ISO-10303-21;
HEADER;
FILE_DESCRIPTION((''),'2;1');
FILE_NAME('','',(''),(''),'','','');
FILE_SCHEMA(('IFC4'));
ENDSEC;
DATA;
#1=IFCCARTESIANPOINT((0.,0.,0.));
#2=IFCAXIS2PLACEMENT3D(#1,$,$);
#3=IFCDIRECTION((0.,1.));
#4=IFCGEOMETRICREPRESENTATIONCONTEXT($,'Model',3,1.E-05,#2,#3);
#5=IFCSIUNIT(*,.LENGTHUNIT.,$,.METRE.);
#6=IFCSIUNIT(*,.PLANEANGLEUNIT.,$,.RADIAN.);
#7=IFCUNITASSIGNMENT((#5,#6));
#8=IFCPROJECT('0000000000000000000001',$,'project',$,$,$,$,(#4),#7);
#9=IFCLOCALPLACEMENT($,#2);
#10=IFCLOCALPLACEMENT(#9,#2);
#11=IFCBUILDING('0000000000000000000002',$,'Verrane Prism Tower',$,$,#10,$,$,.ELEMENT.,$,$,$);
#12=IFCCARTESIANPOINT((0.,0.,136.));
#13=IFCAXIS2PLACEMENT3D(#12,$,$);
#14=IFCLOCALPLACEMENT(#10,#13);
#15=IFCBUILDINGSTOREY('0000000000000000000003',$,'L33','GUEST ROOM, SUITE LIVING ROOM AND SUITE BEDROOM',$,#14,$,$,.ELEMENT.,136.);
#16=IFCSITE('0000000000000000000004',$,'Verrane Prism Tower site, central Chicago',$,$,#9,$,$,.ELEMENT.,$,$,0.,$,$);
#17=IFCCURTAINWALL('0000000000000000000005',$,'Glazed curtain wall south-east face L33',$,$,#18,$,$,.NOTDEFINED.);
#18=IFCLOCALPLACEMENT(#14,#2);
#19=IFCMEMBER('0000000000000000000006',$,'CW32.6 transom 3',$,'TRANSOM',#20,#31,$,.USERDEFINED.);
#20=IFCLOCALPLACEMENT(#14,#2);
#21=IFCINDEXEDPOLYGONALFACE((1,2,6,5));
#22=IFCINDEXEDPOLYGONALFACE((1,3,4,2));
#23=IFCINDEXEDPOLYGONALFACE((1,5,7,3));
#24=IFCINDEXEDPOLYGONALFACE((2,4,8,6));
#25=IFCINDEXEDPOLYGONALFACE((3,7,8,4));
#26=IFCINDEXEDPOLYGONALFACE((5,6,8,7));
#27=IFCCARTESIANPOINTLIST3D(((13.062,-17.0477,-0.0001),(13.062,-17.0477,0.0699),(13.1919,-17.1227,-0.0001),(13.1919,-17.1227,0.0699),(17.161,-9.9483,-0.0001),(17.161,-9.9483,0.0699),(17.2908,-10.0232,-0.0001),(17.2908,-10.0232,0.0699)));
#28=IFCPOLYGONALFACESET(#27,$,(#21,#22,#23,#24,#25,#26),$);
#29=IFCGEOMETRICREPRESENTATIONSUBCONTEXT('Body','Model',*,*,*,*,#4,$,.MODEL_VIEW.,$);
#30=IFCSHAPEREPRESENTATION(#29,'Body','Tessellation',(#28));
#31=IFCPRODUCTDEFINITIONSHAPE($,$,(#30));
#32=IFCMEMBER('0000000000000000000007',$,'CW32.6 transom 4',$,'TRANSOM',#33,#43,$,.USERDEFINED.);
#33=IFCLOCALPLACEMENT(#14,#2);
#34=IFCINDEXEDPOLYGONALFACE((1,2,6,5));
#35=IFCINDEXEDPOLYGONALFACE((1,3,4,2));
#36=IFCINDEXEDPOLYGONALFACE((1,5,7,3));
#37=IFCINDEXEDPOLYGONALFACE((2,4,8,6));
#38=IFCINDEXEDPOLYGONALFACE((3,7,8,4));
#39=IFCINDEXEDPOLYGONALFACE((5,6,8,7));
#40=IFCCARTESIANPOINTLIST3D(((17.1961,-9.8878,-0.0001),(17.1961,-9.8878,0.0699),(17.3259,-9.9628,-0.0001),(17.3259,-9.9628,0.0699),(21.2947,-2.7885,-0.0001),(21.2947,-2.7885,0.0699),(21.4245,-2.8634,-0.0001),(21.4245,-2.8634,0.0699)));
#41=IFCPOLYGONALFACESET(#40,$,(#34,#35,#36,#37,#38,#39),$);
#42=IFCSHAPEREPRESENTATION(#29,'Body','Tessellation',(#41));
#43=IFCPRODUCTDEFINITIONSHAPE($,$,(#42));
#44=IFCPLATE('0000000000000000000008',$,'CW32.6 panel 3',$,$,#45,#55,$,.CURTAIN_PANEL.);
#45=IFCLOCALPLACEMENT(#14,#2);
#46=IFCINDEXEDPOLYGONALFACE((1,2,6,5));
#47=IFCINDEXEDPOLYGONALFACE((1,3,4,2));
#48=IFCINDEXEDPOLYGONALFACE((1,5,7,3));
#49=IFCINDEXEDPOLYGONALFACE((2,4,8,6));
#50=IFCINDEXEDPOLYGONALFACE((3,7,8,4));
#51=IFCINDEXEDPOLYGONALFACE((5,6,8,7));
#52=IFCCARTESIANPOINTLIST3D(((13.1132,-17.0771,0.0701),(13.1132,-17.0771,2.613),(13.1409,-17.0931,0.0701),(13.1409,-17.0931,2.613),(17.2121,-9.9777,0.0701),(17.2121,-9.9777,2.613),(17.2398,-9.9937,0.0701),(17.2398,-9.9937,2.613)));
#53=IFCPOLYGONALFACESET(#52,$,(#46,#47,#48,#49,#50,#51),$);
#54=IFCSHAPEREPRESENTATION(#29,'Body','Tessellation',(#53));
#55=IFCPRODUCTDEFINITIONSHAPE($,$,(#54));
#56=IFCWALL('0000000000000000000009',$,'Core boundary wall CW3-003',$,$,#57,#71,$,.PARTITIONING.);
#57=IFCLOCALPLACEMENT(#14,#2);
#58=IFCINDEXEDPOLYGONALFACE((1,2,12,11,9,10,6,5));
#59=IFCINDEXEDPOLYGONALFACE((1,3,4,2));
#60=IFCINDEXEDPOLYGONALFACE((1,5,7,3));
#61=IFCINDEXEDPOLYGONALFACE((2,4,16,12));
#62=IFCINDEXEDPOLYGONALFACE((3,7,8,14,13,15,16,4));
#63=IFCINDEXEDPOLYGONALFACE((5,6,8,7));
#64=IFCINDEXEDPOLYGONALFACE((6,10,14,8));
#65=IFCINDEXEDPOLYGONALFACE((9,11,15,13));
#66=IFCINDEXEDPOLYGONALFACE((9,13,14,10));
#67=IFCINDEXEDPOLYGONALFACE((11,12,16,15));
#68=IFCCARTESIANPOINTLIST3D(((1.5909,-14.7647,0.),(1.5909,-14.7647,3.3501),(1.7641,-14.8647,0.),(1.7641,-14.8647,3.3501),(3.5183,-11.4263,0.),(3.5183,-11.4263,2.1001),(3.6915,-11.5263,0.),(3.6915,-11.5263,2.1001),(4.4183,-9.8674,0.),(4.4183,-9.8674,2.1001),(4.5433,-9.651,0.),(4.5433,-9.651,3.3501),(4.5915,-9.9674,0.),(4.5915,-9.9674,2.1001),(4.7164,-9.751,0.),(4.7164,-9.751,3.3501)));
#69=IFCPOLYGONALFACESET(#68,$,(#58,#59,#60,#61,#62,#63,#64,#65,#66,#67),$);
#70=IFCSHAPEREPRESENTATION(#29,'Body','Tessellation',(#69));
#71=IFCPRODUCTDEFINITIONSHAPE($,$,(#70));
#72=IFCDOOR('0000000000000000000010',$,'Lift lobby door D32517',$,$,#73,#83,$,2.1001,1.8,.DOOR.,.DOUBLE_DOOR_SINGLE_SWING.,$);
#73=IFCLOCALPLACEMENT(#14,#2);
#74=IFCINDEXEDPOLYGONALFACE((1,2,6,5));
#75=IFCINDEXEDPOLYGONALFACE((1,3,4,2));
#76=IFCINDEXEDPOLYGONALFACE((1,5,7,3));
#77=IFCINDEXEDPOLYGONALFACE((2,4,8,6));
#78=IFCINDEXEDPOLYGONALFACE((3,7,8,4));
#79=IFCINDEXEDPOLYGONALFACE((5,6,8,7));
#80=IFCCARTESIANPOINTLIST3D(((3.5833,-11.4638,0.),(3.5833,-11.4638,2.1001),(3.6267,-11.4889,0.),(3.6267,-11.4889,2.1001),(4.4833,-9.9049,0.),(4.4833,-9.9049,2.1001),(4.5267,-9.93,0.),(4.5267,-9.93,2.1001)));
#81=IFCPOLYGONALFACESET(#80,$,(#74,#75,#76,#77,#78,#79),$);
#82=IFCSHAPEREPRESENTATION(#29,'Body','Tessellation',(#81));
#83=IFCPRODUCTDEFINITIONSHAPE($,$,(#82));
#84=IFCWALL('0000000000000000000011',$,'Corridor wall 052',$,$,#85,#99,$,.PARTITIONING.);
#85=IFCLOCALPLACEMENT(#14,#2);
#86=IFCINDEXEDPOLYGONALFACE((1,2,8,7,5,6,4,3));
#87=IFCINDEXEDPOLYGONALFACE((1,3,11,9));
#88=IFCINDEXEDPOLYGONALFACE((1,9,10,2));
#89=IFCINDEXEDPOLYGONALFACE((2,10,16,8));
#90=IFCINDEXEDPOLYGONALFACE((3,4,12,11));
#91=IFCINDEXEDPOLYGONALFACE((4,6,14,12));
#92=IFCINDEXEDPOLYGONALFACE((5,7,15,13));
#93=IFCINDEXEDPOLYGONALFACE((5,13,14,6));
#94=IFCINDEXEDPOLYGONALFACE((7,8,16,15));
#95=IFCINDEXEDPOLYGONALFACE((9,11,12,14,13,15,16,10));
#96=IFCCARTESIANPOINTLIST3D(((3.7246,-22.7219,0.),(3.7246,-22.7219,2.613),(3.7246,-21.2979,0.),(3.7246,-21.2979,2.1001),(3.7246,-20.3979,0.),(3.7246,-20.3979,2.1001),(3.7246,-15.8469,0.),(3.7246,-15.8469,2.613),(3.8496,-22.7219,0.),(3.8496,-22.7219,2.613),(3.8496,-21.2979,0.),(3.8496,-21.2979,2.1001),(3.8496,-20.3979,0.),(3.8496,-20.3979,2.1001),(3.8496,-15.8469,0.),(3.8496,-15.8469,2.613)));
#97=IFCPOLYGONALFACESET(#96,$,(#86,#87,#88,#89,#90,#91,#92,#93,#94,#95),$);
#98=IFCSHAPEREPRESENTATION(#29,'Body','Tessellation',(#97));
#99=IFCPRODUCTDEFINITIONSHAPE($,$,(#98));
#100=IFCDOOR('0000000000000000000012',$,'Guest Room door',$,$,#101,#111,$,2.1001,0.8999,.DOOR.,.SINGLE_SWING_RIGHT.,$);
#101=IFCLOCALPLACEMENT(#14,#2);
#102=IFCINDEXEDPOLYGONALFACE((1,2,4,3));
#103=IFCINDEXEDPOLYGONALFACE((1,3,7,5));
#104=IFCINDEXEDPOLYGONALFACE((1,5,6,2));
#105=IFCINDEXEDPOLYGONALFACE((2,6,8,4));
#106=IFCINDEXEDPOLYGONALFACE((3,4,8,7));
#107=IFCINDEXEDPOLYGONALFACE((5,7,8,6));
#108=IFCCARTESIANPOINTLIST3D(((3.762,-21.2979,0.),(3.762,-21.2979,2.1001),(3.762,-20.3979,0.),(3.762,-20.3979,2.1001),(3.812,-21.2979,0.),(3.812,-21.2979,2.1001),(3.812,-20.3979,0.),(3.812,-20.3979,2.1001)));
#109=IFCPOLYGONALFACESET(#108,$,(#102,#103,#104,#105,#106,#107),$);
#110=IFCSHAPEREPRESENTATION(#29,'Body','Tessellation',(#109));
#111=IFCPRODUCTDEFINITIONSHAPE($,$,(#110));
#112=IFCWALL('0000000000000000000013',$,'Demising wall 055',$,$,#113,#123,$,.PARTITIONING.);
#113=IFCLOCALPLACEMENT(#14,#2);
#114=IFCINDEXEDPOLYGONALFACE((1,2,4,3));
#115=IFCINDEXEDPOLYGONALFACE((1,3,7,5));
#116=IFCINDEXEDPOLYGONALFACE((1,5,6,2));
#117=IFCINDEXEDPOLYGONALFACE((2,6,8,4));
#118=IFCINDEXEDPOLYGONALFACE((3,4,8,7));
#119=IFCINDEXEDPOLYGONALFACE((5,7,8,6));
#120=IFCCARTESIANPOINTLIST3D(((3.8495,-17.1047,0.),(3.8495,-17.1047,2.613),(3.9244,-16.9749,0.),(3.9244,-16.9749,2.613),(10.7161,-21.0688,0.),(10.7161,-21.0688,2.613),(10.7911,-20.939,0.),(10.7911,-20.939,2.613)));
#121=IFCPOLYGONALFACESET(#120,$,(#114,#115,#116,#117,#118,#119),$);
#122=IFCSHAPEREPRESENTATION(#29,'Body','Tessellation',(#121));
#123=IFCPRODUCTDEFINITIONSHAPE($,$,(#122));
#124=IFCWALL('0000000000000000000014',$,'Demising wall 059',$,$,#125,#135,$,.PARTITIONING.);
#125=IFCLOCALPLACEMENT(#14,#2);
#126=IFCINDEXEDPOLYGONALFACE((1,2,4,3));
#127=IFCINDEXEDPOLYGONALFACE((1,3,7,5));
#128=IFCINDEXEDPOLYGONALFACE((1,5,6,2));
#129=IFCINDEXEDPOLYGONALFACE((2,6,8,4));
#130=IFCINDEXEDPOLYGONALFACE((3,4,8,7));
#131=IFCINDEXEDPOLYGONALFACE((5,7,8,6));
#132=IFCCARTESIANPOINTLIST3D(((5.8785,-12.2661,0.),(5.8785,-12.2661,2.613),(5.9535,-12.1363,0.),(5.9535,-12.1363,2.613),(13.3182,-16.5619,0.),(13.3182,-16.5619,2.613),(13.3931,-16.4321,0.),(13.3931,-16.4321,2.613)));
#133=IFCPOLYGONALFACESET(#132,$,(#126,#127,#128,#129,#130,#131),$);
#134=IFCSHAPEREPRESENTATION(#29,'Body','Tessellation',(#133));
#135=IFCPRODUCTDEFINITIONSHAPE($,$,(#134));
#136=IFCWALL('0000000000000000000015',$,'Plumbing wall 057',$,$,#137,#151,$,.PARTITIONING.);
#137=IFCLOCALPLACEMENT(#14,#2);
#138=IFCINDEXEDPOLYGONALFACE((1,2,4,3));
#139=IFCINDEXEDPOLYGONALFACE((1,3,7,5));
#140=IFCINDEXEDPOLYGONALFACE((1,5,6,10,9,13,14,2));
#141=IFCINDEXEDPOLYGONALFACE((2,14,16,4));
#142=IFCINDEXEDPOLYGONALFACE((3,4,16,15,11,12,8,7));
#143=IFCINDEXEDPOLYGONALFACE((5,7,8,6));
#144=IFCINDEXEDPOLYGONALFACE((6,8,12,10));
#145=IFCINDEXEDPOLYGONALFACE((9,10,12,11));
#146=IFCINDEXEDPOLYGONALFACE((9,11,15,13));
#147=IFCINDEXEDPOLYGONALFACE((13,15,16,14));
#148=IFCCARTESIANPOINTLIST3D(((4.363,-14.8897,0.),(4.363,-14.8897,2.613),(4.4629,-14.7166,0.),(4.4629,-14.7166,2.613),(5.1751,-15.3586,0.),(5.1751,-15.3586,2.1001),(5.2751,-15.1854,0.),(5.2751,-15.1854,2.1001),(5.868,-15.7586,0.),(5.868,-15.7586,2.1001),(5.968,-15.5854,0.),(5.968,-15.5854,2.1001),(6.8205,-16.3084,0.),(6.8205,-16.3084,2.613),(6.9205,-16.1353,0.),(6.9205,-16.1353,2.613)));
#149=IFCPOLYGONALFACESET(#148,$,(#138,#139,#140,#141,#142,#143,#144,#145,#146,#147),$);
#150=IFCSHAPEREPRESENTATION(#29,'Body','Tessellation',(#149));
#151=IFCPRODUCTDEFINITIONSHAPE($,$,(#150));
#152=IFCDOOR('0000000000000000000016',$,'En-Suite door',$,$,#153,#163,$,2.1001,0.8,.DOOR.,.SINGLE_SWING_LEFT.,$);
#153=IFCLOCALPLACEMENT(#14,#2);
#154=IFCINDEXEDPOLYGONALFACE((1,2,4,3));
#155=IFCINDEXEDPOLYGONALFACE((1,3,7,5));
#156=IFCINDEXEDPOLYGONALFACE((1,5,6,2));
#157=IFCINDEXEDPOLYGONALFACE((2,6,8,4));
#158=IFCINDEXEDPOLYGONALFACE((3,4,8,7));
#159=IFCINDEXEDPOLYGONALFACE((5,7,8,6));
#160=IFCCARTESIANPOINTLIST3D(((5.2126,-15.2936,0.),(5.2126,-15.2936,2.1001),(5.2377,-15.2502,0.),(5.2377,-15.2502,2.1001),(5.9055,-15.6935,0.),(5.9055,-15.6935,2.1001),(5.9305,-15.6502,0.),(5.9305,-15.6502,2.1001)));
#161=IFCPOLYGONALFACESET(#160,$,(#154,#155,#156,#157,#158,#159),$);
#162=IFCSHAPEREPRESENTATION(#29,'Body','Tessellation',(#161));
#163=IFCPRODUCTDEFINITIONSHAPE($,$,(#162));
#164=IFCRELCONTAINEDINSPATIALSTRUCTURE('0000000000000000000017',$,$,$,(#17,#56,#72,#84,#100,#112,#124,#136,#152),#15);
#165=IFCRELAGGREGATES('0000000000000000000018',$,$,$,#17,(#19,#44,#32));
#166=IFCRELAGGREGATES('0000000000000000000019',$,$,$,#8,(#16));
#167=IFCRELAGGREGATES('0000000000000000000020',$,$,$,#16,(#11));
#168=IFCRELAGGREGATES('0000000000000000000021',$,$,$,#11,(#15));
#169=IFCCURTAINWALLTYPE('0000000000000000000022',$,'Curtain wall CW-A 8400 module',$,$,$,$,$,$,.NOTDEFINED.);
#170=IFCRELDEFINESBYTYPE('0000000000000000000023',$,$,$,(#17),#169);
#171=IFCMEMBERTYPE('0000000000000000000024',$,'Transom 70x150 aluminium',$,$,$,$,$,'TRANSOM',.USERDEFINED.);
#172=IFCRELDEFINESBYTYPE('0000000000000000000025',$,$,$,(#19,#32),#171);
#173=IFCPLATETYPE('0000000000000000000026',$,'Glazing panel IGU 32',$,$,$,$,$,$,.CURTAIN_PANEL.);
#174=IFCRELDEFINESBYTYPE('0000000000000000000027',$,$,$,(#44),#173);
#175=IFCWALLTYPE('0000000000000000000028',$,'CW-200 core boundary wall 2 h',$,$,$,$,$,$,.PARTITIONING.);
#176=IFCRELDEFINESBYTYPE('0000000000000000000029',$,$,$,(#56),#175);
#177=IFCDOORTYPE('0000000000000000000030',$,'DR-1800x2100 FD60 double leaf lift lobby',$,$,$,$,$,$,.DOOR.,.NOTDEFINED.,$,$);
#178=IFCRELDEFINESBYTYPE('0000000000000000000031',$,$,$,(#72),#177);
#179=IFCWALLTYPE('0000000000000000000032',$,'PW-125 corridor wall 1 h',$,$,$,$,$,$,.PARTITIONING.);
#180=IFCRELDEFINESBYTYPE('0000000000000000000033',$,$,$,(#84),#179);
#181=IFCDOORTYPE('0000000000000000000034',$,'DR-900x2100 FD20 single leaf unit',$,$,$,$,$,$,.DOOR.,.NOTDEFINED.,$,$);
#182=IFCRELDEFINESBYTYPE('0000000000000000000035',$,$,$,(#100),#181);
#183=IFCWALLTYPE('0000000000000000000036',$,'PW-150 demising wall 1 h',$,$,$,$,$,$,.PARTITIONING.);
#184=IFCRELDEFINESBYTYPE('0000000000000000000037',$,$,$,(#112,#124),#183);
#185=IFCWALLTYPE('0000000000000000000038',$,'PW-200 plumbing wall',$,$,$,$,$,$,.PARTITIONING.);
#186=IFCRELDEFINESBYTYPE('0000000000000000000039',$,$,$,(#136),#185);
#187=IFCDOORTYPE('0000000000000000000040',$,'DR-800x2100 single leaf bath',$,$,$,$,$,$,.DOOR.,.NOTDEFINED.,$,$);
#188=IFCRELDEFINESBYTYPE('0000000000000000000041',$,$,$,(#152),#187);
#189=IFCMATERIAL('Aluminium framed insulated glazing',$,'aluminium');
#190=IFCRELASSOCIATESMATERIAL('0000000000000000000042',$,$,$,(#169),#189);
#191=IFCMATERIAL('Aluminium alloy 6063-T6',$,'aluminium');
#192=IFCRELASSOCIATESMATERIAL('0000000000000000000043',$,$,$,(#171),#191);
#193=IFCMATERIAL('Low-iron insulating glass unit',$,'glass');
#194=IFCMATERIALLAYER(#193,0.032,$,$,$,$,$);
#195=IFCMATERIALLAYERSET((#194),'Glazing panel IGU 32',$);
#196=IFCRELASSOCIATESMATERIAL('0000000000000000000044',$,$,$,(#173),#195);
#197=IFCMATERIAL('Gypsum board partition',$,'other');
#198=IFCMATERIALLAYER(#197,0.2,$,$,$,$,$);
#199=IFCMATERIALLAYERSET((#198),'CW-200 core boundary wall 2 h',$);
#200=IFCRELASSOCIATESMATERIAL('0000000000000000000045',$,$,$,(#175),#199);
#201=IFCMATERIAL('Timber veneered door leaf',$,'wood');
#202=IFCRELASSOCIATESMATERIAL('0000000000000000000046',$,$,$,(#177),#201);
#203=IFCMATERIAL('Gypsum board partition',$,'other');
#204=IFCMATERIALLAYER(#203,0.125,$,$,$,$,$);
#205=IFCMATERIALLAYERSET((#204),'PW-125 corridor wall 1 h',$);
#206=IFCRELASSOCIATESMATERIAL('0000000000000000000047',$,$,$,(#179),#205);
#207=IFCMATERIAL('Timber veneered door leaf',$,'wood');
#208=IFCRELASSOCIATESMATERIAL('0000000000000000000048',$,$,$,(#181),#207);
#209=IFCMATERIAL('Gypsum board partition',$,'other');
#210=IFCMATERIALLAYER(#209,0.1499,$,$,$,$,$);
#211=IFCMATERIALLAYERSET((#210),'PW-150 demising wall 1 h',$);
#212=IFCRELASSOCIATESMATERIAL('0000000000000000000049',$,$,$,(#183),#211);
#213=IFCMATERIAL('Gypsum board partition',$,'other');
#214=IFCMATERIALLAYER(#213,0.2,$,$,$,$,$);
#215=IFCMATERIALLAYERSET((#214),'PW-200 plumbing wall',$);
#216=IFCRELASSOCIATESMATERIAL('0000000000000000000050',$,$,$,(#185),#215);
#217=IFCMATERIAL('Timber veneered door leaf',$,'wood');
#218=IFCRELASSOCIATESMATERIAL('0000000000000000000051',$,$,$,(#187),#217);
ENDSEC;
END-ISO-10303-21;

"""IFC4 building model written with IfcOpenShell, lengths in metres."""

from ifc_helpers import new_model, si_unit, direction, frame, frame_2d, origin, origin_2d, place, context, subcontext, project, spatial, rectangle, extrude, material, layer, layer_set, material_profile, profile_set, type_object, element, fill, aggregate, save


model = new_model("IFC4")

# Units and contexts
model_context = context("Model", 3, precision=1e-05, world=origin(), true_north=direction((0.0, 1.0)))
body_context = subcontext(model_context, "Body", "Model", "MODEL_VIEW")
ifc_project = project(units=[si_unit("LENGTHUNIT", "METRE"), si_unit("PLANEANGLEUNIT", "RADIAN")], contexts=[model_context])

# Site, building, storey
site_placement = place(None, origin())
site = spatial("IfcSite", under=ifc_project, at=site_placement, Name="Verrane Prism Tower site, central Chicago", CompositionType="ELEMENT", RefElevation=0.0)
building_placement = place(site_placement, origin())
building = spatial("IfcBuilding", under=site, at=building_placement, Name="Verrane Prism Tower", CompositionType="ELEMENT")
storey_placement = place(building_placement, frame((0.0, 0.0, 136.0)))
storey = spatial("IfcBuildingStorey", under=building, at=storey_placement, Name="L33", Description="GUEST ROOM, SUITE LIVING ROOM AND SUITE BEDROOM", CompositionType="ELEMENT", Elevation=136.0)

# Curtain wall
ifc_material_1 = material(Name="Aluminium framed insulated glazing", Category="aluminium")
curtain_wall_type = type_object("IfcCurtainWallType", Name="Curtain wall CW-A 8400 module", PredefinedType="NOTDEFINED", material=ifc_material_1)
curtain_wall_placement = place(storey_placement, origin())
curtain_wall = element("IfcCurtainWall", 1, at=curtain_wall_placement, inside=storey, type_object=curtain_wall_type, Name="Glazed curtain wall south-east face L33", PredefinedType="NOTDEFINED")

# Members
ifc_material_2 = material(Name="Aluminium alloy 6063-T6", Category="aluminium")
ifc_material_profile_1 = material_profile(ifc_material_2, rectangle(XDim=0.1499, YDim=0.0701, at=origin_2d()), Name="Transom 70x150 aluminium")
ifc_profile_set_1 = profile_set([ifc_material_profile_1], Name="Aluminium alloy 6063-T6")
member_type_1 = type_object("IfcMemberType", Name="Transom 70x150 aluminium", ElementType="TRANSOM", PredefinedType="USERDEFINED", material=ifc_profile_set_1)
member_1_placement = place(storey_placement, frame((13.127, -17.0852, 0.0349), z_axis=(0.500005, 0.866022, 0.0), x_axis=(-0.866022, 0.500005, 0.0)))
member_1 = element("IfcMember", 2, at=member_1_placement, type_object=member_type_1, Name="CW32.6 transom 3", ObjectType="TRANSOM", PredefinedType="USERDEFINED", context=body_context, shape_type="SweptSolid", body=[
    extrude(rectangle(XDim=0.1499, YDim=0.0701, at=origin_2d()), origin(), (0.0, 0.0, 1.0), 8.1978),
])
member_2_placement = place(storey_placement, frame((17.261, -9.9253, 0.0349), z_axis=(0.499983, 0.866035, 0.0), x_axis=(-0.866035, 0.499983, 0.0)))
member_2 = element("IfcMember", 3, at=member_2_placement, type_object=member_type_1, Name="CW32.6 transom 4", ObjectType="TRANSOM", PredefinedType="USERDEFINED", context=body_context, shape_type="SweptSolid", body=[
    extrude(rectangle(XDim=0.1499, YDim=0.0701, at=origin_2d()), origin(), (0.0, 0.0, 1.0), 8.1975),
])

# Plate
ifc_material_3 = material(Name="Low-iron insulating glass unit", Category="glass")
ifc_layer_1 = layer(ifc_material_3, 0.032)
ifc_layer_set_1 = layer_set([ifc_layer_1], Name="Glazing panel IGU 32")
plate_type = type_object("IfcPlateType", Name="Glazing panel IGU 32", PredefinedType="CURTAIN_PANEL", material=ifc_layer_set_1)
plate_placement = place(storey_placement, frame((15.1765, -13.5354, 0.0701), z_axis=(0.0, 0.0, 1.0), x_axis=(0.5, 0.866025, 0.0)))
plate = element("IfcPlate", 4, at=plate_placement, type_object=plate_type, Name="CW32.6 panel 3", PredefinedType="CURTAIN_PANEL", context=body_context, shape_type="SweptSolid", body=[
    extrude(rectangle(XDim=8.1978, YDim=0.032, at=origin_2d()), origin(), (0.0, 0.0, 1.0), 2.543),
])
aggregate(curtain_wall, [member_1, plate, member_2])

# Walls, openings, doors
ifc_material_4 = material(Name="Gypsum board partition", Category="other")
ifc_layer_2 = layer(ifc_material_4, 0.2)
ifc_layer_set_2 = layer_set([ifc_layer_2], Name="CW-200 core boundary wall 2 h")
wall_type_1 = type_object("IfcWallType", Name="CW-200 core boundary wall 2 h", PredefinedType="PARTITIONING", material=ifc_layer_set_2)
wall_1_placement = place(storey_placement, frame((1.6775, -14.8147, 0.0), z_axis=(0.0, 0.0, 1.0), x_axis=(0.499994, 0.866029, 0.0)))
wall_1 = element("IfcWall", 5, at=wall_1_placement, inside=storey, type_object=wall_type_1, Name="Core boundary wall CW3-003", PredefinedType="PARTITIONING", context=body_context, shape_type="SweptSolid", body=[
    extrude(rectangle(XDim=5.9048, YDim=0.2, at=frame_2d((2.9524, 0.0))), origin(), (0.0, 0.0, 1.0), 3.3501),
])
opening_1_placement = place(wall_1_placement, frame((3.855, 0.0, 0.0)))
opening_1 = element("IfcOpeningElement", 6, at=opening_1_placement, cuts=wall_1, PredefinedType="OPENING", context=body_context, shape_type="SweptSolid", body=[
    extrude(rectangle(XDim=1.8, YDim=2.1001, at=frame_2d((0.8999, 1.05))), frame((0.0, 0.1099, 0.0), z_axis=(0.0, -1.0, 0.0), x_axis=(1.0, 0.0, 0.0)), (0.0, 0.0, 1.0), 0.22),
])
ifc_material_5 = material(Name="Timber veneered door leaf", Category="wood")
door_type_1 = type_object("IfcDoorType", Name="DR-1800x2100 FD60 double leaf lift lobby", OperationType="NOTDEFINED", PredefinedType="DOOR", material=ifc_material_5)
door_1_placement = place(opening_1_placement, origin())
door_1 = element("IfcDoor", 7, at=door_1_placement, inside=storey, type_object=door_type_1, Name="Lift lobby door D32517", OperationType="DOUBLE_DOOR_SINGLE_SWING", OverallHeight=2.1001, OverallWidth=1.8, PredefinedType="DOOR", context=body_context, shape_type="SweptSolid", body=[
    extrude(rectangle(XDim=1.8, YDim=2.1001, at=frame_2d((0.8999, 1.05))), frame((0.0, 0.0249, 0.0), z_axis=(0.0, -1.0, 0.0), x_axis=(1.0, 0.0, 0.0)), (0.0, 0.0, 1.0), 0.05),
])
fill(opening_1, door_1)
ifc_material_6 = material(Name="Gypsum board partition", Category="other")
ifc_layer_3 = layer(ifc_material_6, 0.125)
ifc_layer_set_3 = layer_set([ifc_layer_3], Name="PW-125 corridor wall 1 h")
wall_type_2 = type_object("IfcWallType", Name="PW-125 corridor wall 1 h", PredefinedType="PARTITIONING", material=ifc_layer_set_3)
wall_2_placement = place(storey_placement, frame((3.7871, -15.8469, 0.0), z_axis=(0.0, 0.0, 1.0), x_axis=(0.0, -1.0, 0.0)))
wall_2 = element("IfcWall", 8, at=wall_2_placement, inside=storey, type_object=wall_type_2, Name="Corridor wall 052", PredefinedType="PARTITIONING", context=body_context, shape_type="SweptSolid", body=[
    extrude(rectangle(XDim=6.875, YDim=0.125, at=frame_2d((3.4375, 0.0))), origin(), (0.0, 0.0, 1.0), 2.613),
])
opening_2_placement = place(wall_2_placement, frame((4.551, 0.0, 0.0)))
opening_2 = element("IfcOpeningElement", 9, at=opening_2_placement, cuts=wall_2, PredefinedType="OPENING", context=body_context, shape_type="SweptSolid", body=[
    extrude(rectangle(XDim=0.8999, YDim=2.1001, at=frame_2d((0.45, 1.05))), frame((0.0, 0.0725, 0.0), z_axis=(0.0, -1.0, 0.0), x_axis=(1.0, 0.0, 0.0)), (0.0, 0.0, 1.0), 0.145),
])
ifc_material_7 = material(Name="Timber veneered door leaf", Category="wood")
door_type_2 = type_object("IfcDoorType", Name="DR-900x2100 FD20 single leaf unit", OperationType="NOTDEFINED", PredefinedType="DOOR", material=ifc_material_7)
door_2_placement = place(opening_2_placement, origin())
door_2 = element("IfcDoor", 10, at=door_2_placement, inside=storey, type_object=door_type_2, Name="Guest Room door", OperationType="SINGLE_SWING_RIGHT", OverallHeight=2.1001, OverallWidth=0.8999, PredefinedType="DOOR", context=body_context, shape_type="SweptSolid", body=[
    extrude(rectangle(XDim=0.8999, YDim=2.1001, at=frame_2d((0.45, 1.05))), frame((0.0, 0.0249, 0.0), z_axis=(0.0, -1.0, 0.0), x_axis=(1.0, 0.0, 0.0)), (0.0, 0.0, 1.0), 0.05),
])
fill(opening_2, door_2)

# Walls
ifc_material_8 = material(Name="Gypsum board partition", Category="other")
ifc_layer_4 = layer(ifc_material_8, 0.1499)
ifc_layer_set_4 = layer_set([ifc_layer_4], Name="PW-150 demising wall 1 h")
wall_type_3 = type_object("IfcWallType", Name="PW-150 demising wall 1 h", PredefinedType="PARTITIONING", material=ifc_layer_set_4)
wall_3_placement = place(storey_placement, frame((3.887, -17.0398, 0.0), z_axis=(0.0, 0.0, 1.0), x_axis=(0.866046, -0.499964, 0.0)))
element("IfcWall", 11, at=wall_3_placement, inside=storey, type_object=wall_type_3, Name="Demising wall 055", PredefinedType="PARTITIONING", context=body_context, shape_type="SweptSolid", body=[
    extrude(rectangle(XDim=7.9287, YDim=0.1499, at=frame_2d((3.9644, 0.0))), origin(), (0.0, 0.0, 1.0), 2.613),
])
wall_4_placement = place(storey_placement, frame((5.916, -12.2012, 0.0), z_axis=(0.0, 0.0, 1.0), x_axis=(0.865996, -0.500051, 0.0)))
element("IfcWall", 12, at=wall_4_placement, inside=storey, type_object=wall_type_3, Name="Demising wall 059", PredefinedType="PARTITIONING", context=body_context, shape_type="SweptSolid", body=[
    extrude(rectangle(XDim=8.5908, YDim=0.1499, at=frame_2d((4.2954, 0.0))), origin(), (0.0, 0.0, 1.0), 2.613),
])

# Wall, opening, door
ifc_material_9 = material(Name="Gypsum board partition", Category="other")
ifc_layer_5 = layer(ifc_material_9, 0.2)
ifc_layer_set_5 = layer_set([ifc_layer_5], Name="PW-200 plumbing wall")
wall_type_4 = type_object("IfcWallType", Name="PW-200 plumbing wall", PredefinedType="PARTITIONING", material=ifc_layer_set_5)
wall_5_placement = place(storey_placement, frame((6.8706, -16.2219, 0.0), z_axis=(0.0, 0.0, 1.0), x_axis=(-0.866048, 0.499961, 0.0)))
wall_5 = element("IfcWall", 13, at=wall_5_placement, inside=storey, type_object=wall_type_4, Name="Plumbing wall 057", PredefinedType="PARTITIONING", context=body_context, shape_type="SweptSolid", body=[
    extrude(rectangle(XDim=2.8376, YDim=0.2, at=frame_2d((1.4189, 0.0))), origin(), (0.0, 0.0, 1.0), 2.613),
])
opening_3_placement = place(wall_5_placement, frame((1.1001, 0.0, 0.0)))
opening_3 = element("IfcOpeningElement", 14, at=opening_3_placement, cuts=wall_5, PredefinedType="OPENING", context=body_context, shape_type="SweptSolid", body=[
    extrude(rectangle(XDim=0.8, YDim=2.1001, at=frame_2d((0.3999, 1.05))), frame((0.0, 0.1099, 0.0), z_axis=(0.0, -1.0, 0.0), x_axis=(1.0, 0.0, 0.0)), (0.0, 0.0, 1.0), 0.22),
])
ifc_material_10 = material(Name="Timber veneered door leaf", Category="wood")
door_type_3 = type_object("IfcDoorType", Name="DR-800x2100 single leaf bath", OperationType="NOTDEFINED", PredefinedType="DOOR", material=ifc_material_10)
door_3_placement = place(opening_3_placement, origin())
door_3 = element("IfcDoor", 15, at=door_3_placement, inside=storey, type_object=door_type_3, Name="En-Suite door", OperationType="SINGLE_SWING_LEFT", OverallHeight=2.1001, OverallWidth=0.8, PredefinedType="DOOR", context=body_context, shape_type="SweptSolid", body=[
    extrude(rectangle(XDim=0.8, YDim=2.1001, at=frame_2d((0.3999, 1.05))), frame((0.0, 0.0249, 0.0), z_axis=(0.0, -1.0, 0.0), x_axis=(1.0, 0.0, 0.0)), (0.0, 0.0, 1.0), 0.05),
])
fill(opening_3, door_3)

save(model, "model.ifc")
